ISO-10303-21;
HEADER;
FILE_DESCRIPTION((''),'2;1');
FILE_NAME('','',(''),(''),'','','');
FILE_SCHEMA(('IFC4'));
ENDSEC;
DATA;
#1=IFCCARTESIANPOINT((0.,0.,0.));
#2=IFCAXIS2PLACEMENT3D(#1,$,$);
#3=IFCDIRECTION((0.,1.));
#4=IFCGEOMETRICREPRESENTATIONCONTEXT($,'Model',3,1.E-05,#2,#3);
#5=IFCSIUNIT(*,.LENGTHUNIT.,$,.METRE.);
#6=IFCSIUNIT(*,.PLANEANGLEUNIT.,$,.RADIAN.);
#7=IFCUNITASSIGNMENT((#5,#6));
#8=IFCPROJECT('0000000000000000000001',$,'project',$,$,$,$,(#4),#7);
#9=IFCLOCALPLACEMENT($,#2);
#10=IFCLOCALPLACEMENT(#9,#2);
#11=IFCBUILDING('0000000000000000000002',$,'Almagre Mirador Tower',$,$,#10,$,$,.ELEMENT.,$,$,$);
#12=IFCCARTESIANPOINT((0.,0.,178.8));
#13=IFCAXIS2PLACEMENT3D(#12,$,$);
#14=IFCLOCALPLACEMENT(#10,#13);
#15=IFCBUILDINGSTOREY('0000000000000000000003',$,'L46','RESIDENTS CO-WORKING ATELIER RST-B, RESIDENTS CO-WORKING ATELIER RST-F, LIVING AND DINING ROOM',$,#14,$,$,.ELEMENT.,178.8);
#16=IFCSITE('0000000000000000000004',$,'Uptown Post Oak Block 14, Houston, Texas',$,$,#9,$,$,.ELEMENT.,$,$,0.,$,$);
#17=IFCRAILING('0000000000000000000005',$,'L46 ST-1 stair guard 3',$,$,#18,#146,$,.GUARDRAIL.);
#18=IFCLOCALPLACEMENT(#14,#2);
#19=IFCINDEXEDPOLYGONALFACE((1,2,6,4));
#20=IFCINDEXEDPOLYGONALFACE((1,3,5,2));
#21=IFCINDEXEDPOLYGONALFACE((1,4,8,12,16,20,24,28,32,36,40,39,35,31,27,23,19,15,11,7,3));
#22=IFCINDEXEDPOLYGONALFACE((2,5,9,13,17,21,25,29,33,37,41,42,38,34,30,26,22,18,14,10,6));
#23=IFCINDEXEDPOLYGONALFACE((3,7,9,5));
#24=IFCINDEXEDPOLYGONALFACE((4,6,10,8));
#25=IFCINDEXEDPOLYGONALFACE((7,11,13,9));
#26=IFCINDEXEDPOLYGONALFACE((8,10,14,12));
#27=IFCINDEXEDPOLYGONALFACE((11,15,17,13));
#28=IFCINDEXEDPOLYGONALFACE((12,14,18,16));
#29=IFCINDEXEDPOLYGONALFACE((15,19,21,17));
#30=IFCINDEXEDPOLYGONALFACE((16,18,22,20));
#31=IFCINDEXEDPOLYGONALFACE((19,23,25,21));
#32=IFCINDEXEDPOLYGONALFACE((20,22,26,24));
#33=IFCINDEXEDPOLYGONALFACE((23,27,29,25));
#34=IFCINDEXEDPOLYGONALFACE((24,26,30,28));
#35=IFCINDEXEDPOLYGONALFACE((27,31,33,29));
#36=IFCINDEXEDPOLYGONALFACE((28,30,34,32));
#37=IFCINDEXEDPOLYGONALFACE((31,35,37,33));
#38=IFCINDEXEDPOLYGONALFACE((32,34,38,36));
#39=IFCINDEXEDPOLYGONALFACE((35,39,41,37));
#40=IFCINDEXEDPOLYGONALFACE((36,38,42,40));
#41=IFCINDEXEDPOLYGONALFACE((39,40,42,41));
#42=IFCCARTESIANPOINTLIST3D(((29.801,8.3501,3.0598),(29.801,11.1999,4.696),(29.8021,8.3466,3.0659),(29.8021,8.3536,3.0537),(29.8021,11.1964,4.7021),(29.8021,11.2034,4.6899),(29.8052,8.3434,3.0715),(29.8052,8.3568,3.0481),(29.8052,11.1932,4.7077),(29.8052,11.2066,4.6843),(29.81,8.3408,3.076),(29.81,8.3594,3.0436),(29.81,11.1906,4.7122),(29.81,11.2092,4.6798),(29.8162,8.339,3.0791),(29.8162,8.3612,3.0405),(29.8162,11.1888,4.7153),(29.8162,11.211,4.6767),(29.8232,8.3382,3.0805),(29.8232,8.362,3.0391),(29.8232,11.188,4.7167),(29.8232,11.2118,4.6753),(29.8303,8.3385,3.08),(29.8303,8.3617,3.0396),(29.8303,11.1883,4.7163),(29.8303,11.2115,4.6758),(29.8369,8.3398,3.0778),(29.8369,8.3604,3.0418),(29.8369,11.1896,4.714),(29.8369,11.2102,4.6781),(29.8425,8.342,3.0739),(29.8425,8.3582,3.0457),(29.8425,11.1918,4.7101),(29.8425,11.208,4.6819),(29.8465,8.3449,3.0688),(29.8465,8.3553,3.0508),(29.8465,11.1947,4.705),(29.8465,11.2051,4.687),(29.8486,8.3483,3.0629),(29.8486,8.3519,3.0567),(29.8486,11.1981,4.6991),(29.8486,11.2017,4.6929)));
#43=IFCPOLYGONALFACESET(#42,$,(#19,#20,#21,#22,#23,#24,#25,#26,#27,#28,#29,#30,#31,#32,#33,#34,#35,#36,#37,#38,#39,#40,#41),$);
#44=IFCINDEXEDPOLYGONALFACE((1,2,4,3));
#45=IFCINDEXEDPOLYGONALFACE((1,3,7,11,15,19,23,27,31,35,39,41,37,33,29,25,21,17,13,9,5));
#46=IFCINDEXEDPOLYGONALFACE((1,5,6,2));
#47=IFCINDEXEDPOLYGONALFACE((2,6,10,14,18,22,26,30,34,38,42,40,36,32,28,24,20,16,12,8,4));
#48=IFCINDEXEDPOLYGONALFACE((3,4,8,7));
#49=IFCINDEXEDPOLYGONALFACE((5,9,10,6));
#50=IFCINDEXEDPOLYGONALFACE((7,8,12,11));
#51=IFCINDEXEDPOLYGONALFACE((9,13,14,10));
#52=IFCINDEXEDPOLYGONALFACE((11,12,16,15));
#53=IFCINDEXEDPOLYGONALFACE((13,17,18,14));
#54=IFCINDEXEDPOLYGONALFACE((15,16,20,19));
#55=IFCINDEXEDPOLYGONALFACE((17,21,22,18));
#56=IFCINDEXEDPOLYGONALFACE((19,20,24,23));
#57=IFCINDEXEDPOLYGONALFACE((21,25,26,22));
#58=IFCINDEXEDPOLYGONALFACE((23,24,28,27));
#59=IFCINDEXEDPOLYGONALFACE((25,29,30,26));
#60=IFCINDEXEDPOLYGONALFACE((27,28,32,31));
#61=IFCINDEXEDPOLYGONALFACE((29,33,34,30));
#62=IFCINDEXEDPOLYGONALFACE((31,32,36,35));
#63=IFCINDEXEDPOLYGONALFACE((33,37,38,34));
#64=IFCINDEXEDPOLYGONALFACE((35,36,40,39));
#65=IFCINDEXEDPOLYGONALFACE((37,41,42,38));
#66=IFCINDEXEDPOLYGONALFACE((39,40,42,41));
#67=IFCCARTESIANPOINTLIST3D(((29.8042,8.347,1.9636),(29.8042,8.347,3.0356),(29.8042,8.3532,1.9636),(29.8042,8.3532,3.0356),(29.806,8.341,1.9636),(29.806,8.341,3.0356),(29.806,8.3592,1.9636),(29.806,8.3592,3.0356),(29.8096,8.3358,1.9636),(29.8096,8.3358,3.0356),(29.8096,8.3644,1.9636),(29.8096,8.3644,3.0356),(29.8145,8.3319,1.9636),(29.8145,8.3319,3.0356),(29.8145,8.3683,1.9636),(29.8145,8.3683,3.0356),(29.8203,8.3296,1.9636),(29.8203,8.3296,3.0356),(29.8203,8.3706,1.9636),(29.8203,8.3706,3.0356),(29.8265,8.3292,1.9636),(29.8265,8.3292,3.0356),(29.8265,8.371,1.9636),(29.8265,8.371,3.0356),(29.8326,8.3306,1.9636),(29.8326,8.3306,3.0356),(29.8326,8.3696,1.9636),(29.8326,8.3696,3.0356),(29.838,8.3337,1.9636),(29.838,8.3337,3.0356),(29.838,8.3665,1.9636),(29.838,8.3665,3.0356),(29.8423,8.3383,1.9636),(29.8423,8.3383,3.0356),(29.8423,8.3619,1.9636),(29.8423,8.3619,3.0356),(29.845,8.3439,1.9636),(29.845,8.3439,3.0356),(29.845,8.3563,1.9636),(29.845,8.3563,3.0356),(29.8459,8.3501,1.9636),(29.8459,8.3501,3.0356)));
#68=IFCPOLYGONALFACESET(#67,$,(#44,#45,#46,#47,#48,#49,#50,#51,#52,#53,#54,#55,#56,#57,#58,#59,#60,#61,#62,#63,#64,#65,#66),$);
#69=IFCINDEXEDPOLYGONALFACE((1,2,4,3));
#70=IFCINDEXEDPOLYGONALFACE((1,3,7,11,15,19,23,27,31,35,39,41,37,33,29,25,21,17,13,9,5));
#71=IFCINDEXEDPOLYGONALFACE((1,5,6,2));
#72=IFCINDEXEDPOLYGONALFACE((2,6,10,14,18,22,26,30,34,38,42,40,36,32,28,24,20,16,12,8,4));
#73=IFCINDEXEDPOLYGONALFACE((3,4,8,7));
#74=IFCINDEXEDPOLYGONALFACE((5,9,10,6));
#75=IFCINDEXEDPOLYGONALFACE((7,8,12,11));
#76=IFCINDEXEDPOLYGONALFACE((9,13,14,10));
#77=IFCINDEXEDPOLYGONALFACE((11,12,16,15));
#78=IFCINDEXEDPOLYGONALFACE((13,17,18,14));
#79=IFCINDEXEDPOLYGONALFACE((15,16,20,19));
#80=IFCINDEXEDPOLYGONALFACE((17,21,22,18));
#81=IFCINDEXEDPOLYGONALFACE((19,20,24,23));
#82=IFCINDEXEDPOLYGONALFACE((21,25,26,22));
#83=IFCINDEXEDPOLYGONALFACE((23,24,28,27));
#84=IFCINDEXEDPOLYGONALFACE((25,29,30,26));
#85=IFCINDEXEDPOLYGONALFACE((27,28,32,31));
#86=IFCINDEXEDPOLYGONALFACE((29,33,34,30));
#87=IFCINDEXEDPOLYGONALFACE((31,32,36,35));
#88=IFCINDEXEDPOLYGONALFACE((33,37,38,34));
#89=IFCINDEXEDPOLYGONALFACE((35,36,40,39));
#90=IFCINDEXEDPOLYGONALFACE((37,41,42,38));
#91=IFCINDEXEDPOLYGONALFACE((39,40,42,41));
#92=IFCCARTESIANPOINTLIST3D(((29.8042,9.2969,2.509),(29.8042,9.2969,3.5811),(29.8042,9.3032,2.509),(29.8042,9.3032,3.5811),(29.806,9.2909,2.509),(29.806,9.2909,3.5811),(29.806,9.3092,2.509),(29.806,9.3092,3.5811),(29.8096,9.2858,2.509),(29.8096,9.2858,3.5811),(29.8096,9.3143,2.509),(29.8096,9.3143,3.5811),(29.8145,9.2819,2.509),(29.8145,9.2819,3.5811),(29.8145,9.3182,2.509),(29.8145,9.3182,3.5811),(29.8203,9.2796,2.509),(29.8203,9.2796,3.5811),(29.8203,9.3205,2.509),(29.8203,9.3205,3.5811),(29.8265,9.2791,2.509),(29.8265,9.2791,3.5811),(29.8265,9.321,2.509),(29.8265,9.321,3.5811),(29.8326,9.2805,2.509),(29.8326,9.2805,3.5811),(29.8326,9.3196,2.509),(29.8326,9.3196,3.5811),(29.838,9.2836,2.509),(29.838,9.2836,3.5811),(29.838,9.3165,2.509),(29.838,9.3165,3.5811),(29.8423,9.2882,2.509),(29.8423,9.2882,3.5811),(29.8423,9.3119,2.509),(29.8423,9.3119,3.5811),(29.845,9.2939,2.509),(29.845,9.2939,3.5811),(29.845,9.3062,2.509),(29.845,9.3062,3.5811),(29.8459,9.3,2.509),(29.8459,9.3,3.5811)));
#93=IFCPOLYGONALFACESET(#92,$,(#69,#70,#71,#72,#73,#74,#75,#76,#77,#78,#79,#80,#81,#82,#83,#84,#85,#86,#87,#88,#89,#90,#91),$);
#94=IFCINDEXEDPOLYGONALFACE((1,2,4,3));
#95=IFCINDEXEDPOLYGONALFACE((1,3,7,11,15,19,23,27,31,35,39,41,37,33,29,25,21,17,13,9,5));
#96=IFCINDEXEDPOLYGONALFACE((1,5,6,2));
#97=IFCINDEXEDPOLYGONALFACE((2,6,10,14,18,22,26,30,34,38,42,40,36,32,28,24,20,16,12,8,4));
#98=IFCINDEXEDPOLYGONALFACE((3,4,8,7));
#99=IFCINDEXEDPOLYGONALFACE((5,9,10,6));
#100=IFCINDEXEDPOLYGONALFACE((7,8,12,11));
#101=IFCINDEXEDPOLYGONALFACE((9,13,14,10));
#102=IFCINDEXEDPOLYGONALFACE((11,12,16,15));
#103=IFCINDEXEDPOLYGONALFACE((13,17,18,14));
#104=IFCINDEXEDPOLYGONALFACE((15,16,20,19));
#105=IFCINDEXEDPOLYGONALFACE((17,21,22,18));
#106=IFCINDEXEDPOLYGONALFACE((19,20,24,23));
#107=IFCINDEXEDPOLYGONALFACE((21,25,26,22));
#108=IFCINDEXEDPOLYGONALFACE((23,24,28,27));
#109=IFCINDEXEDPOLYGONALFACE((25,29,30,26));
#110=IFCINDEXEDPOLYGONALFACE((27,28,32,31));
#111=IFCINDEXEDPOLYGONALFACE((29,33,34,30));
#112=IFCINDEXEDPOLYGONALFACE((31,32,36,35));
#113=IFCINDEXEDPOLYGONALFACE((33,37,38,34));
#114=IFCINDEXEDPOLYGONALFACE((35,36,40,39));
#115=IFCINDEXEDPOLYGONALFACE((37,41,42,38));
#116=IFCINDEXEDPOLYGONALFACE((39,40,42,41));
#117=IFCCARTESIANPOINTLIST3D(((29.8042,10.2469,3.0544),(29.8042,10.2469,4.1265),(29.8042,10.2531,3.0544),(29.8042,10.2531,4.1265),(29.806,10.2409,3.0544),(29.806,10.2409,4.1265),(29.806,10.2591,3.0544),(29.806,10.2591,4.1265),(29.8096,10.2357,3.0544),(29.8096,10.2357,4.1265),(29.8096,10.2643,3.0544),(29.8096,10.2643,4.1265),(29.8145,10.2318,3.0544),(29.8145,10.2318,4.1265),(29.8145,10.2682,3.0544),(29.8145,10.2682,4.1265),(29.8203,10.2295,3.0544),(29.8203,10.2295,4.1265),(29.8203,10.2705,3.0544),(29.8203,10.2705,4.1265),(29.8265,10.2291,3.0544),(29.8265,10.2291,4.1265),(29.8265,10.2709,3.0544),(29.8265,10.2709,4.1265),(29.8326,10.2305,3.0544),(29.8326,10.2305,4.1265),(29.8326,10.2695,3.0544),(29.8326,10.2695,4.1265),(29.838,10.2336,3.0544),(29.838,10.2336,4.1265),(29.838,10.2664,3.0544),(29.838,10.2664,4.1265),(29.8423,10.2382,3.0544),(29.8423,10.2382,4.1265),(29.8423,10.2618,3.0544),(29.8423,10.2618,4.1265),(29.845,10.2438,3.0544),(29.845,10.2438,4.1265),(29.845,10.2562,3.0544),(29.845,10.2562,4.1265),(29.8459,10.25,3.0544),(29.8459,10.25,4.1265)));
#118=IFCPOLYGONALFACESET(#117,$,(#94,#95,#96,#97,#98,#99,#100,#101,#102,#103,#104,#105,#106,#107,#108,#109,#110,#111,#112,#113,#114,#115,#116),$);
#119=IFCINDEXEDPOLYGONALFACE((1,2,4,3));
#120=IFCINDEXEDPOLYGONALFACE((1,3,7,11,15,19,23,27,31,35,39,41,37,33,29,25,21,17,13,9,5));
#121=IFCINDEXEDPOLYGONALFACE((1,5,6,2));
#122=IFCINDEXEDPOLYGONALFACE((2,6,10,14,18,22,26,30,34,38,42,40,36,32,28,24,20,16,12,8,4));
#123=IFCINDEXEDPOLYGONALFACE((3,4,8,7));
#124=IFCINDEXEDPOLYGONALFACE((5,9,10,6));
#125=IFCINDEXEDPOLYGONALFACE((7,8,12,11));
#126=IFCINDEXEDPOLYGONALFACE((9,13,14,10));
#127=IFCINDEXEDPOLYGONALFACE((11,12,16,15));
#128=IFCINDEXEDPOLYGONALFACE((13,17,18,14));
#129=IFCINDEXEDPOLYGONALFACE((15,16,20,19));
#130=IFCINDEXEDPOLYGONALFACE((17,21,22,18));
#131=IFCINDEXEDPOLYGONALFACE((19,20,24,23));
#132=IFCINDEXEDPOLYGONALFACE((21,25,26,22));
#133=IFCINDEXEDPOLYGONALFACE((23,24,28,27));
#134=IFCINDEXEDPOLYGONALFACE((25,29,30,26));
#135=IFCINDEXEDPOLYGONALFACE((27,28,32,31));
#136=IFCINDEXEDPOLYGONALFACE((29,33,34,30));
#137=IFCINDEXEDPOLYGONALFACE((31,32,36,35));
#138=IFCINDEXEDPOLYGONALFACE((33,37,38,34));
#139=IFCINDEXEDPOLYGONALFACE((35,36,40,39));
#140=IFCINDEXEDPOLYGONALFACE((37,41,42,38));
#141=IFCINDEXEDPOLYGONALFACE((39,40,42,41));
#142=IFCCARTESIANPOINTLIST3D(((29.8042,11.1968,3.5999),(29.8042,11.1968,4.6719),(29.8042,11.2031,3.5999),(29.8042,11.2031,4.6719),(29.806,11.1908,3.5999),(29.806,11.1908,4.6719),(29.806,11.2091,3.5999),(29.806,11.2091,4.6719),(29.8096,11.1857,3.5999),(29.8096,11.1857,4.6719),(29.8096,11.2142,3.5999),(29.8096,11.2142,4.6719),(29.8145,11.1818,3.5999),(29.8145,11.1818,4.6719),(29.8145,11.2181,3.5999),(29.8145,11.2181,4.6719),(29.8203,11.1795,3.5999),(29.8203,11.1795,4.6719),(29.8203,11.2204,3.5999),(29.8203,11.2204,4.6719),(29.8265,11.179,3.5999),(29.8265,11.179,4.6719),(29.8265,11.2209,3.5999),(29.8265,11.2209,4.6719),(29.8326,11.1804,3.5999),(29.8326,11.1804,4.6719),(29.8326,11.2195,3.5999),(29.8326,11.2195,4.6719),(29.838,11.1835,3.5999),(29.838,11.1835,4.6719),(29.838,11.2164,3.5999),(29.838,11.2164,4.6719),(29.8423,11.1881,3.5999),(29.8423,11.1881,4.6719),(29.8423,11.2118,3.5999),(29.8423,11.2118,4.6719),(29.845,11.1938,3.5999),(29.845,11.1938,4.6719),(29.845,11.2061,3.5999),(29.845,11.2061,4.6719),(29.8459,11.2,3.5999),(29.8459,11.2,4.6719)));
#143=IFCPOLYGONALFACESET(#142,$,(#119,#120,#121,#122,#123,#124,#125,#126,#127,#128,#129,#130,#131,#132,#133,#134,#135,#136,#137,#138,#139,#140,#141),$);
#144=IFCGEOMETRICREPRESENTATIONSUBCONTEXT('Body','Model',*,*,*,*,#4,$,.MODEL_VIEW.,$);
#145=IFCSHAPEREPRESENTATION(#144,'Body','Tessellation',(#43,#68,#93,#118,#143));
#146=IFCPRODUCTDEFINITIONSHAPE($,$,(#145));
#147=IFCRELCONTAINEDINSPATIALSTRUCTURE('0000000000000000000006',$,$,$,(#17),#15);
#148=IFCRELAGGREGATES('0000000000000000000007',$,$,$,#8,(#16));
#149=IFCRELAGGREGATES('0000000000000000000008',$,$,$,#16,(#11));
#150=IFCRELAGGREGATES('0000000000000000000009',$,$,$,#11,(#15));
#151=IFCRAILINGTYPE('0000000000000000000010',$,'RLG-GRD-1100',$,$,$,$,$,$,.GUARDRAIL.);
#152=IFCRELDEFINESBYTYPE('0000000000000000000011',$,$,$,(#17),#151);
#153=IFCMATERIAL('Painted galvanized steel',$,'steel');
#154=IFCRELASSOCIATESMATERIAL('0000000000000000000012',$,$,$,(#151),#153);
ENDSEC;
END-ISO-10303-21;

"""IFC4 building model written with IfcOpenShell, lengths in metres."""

from ifc_helpers import new_model, si_unit, direction, frame, origin, origin_2d, place, context, subcontext, project, spatial, circle, extrude, material, type_object, element, save


model = new_model("IFC4")

# Units and contexts
model_context = context("Model", 3, precision=1e-05, world=origin(), true_north=direction((0.0, 1.0)))
body_context = subcontext(model_context, "Body", "Model", "MODEL_VIEW")
ifc_project = project(units=[si_unit("LENGTHUNIT", "METRE"), si_unit("PLANEANGLEUNIT", "RADIAN")], contexts=[model_context])

# Site, building, storey
site_placement = place(None, origin())
site = spatial("IfcSite", under=ifc_project, at=site_placement, Name="Uptown Post Oak Block 14, Houston, Texas", CompositionType="ELEMENT", RefElevation=0.0)
building_placement = place(site_placement, origin())
building = spatial("IfcBuilding", under=site, at=building_placement, Name="Almagre Mirador Tower", CompositionType="ELEMENT")
storey_placement = place(building_placement, frame((0.0, 0.0, 178.8)))
storey = spatial("IfcBuildingStorey", under=building, at=storey_placement, Name="L46", Description="RESIDENTS CO-WORKING ATELIER RST-B, RESIDENTS CO-WORKING ATELIER RST-F, LIVING AND DINING ROOM", CompositionType="ELEMENT", Elevation=178.8)

# Railing
ifc_material_1 = material(Name="Painted galvanized steel", Category="steel")
railing_type_1 = type_object("IfcRailingType", Name="RLG-GRD-1100", PredefinedType="GUARDRAIL", material=ifc_material_1)
railing_1_placement = place(storey_placement, frame((29.825, 8.3501, 1.9636)))
element("IfcRailing", 1, at=railing_1_placement, inside=storey, type_object=railing_type_1, Name="L46 ST-1 stair guard 3", PredefinedType="GUARDRAIL", context=body_context, shape_type="SweptSolid", body=[
    extrude(circle(Radius=0.0239, at=origin_2d()), frame((0.0, 0.0, 1.0962), z_axis=(0.0, 0.867226, 0.497914), x_axis=(-1.0, 0.0, 0.0)), (0.0, 0.0, 1.0), 3.2861),
    extrude(circle(Radius=0.021, at=origin_2d()), origin(), (0.0, 0.0, 1.0), 1.072),
    extrude(circle(Radius=0.021, at=origin_2d()), frame((0.0, 0.95, 0.5454)), (0.0, 0.0, 1.0), 1.072),
    extrude(circle(Radius=0.021, at=origin_2d()), frame((0.0, 1.8999, 1.0908)), (0.0, 0.0, 1.0), 1.072),
    extrude(circle(Radius=0.021, at=origin_2d()), frame((0.0, 2.8499, 1.6362)), (0.0, 0.0, 1.0), 1.072),
])

save(model, "model.ifc")
